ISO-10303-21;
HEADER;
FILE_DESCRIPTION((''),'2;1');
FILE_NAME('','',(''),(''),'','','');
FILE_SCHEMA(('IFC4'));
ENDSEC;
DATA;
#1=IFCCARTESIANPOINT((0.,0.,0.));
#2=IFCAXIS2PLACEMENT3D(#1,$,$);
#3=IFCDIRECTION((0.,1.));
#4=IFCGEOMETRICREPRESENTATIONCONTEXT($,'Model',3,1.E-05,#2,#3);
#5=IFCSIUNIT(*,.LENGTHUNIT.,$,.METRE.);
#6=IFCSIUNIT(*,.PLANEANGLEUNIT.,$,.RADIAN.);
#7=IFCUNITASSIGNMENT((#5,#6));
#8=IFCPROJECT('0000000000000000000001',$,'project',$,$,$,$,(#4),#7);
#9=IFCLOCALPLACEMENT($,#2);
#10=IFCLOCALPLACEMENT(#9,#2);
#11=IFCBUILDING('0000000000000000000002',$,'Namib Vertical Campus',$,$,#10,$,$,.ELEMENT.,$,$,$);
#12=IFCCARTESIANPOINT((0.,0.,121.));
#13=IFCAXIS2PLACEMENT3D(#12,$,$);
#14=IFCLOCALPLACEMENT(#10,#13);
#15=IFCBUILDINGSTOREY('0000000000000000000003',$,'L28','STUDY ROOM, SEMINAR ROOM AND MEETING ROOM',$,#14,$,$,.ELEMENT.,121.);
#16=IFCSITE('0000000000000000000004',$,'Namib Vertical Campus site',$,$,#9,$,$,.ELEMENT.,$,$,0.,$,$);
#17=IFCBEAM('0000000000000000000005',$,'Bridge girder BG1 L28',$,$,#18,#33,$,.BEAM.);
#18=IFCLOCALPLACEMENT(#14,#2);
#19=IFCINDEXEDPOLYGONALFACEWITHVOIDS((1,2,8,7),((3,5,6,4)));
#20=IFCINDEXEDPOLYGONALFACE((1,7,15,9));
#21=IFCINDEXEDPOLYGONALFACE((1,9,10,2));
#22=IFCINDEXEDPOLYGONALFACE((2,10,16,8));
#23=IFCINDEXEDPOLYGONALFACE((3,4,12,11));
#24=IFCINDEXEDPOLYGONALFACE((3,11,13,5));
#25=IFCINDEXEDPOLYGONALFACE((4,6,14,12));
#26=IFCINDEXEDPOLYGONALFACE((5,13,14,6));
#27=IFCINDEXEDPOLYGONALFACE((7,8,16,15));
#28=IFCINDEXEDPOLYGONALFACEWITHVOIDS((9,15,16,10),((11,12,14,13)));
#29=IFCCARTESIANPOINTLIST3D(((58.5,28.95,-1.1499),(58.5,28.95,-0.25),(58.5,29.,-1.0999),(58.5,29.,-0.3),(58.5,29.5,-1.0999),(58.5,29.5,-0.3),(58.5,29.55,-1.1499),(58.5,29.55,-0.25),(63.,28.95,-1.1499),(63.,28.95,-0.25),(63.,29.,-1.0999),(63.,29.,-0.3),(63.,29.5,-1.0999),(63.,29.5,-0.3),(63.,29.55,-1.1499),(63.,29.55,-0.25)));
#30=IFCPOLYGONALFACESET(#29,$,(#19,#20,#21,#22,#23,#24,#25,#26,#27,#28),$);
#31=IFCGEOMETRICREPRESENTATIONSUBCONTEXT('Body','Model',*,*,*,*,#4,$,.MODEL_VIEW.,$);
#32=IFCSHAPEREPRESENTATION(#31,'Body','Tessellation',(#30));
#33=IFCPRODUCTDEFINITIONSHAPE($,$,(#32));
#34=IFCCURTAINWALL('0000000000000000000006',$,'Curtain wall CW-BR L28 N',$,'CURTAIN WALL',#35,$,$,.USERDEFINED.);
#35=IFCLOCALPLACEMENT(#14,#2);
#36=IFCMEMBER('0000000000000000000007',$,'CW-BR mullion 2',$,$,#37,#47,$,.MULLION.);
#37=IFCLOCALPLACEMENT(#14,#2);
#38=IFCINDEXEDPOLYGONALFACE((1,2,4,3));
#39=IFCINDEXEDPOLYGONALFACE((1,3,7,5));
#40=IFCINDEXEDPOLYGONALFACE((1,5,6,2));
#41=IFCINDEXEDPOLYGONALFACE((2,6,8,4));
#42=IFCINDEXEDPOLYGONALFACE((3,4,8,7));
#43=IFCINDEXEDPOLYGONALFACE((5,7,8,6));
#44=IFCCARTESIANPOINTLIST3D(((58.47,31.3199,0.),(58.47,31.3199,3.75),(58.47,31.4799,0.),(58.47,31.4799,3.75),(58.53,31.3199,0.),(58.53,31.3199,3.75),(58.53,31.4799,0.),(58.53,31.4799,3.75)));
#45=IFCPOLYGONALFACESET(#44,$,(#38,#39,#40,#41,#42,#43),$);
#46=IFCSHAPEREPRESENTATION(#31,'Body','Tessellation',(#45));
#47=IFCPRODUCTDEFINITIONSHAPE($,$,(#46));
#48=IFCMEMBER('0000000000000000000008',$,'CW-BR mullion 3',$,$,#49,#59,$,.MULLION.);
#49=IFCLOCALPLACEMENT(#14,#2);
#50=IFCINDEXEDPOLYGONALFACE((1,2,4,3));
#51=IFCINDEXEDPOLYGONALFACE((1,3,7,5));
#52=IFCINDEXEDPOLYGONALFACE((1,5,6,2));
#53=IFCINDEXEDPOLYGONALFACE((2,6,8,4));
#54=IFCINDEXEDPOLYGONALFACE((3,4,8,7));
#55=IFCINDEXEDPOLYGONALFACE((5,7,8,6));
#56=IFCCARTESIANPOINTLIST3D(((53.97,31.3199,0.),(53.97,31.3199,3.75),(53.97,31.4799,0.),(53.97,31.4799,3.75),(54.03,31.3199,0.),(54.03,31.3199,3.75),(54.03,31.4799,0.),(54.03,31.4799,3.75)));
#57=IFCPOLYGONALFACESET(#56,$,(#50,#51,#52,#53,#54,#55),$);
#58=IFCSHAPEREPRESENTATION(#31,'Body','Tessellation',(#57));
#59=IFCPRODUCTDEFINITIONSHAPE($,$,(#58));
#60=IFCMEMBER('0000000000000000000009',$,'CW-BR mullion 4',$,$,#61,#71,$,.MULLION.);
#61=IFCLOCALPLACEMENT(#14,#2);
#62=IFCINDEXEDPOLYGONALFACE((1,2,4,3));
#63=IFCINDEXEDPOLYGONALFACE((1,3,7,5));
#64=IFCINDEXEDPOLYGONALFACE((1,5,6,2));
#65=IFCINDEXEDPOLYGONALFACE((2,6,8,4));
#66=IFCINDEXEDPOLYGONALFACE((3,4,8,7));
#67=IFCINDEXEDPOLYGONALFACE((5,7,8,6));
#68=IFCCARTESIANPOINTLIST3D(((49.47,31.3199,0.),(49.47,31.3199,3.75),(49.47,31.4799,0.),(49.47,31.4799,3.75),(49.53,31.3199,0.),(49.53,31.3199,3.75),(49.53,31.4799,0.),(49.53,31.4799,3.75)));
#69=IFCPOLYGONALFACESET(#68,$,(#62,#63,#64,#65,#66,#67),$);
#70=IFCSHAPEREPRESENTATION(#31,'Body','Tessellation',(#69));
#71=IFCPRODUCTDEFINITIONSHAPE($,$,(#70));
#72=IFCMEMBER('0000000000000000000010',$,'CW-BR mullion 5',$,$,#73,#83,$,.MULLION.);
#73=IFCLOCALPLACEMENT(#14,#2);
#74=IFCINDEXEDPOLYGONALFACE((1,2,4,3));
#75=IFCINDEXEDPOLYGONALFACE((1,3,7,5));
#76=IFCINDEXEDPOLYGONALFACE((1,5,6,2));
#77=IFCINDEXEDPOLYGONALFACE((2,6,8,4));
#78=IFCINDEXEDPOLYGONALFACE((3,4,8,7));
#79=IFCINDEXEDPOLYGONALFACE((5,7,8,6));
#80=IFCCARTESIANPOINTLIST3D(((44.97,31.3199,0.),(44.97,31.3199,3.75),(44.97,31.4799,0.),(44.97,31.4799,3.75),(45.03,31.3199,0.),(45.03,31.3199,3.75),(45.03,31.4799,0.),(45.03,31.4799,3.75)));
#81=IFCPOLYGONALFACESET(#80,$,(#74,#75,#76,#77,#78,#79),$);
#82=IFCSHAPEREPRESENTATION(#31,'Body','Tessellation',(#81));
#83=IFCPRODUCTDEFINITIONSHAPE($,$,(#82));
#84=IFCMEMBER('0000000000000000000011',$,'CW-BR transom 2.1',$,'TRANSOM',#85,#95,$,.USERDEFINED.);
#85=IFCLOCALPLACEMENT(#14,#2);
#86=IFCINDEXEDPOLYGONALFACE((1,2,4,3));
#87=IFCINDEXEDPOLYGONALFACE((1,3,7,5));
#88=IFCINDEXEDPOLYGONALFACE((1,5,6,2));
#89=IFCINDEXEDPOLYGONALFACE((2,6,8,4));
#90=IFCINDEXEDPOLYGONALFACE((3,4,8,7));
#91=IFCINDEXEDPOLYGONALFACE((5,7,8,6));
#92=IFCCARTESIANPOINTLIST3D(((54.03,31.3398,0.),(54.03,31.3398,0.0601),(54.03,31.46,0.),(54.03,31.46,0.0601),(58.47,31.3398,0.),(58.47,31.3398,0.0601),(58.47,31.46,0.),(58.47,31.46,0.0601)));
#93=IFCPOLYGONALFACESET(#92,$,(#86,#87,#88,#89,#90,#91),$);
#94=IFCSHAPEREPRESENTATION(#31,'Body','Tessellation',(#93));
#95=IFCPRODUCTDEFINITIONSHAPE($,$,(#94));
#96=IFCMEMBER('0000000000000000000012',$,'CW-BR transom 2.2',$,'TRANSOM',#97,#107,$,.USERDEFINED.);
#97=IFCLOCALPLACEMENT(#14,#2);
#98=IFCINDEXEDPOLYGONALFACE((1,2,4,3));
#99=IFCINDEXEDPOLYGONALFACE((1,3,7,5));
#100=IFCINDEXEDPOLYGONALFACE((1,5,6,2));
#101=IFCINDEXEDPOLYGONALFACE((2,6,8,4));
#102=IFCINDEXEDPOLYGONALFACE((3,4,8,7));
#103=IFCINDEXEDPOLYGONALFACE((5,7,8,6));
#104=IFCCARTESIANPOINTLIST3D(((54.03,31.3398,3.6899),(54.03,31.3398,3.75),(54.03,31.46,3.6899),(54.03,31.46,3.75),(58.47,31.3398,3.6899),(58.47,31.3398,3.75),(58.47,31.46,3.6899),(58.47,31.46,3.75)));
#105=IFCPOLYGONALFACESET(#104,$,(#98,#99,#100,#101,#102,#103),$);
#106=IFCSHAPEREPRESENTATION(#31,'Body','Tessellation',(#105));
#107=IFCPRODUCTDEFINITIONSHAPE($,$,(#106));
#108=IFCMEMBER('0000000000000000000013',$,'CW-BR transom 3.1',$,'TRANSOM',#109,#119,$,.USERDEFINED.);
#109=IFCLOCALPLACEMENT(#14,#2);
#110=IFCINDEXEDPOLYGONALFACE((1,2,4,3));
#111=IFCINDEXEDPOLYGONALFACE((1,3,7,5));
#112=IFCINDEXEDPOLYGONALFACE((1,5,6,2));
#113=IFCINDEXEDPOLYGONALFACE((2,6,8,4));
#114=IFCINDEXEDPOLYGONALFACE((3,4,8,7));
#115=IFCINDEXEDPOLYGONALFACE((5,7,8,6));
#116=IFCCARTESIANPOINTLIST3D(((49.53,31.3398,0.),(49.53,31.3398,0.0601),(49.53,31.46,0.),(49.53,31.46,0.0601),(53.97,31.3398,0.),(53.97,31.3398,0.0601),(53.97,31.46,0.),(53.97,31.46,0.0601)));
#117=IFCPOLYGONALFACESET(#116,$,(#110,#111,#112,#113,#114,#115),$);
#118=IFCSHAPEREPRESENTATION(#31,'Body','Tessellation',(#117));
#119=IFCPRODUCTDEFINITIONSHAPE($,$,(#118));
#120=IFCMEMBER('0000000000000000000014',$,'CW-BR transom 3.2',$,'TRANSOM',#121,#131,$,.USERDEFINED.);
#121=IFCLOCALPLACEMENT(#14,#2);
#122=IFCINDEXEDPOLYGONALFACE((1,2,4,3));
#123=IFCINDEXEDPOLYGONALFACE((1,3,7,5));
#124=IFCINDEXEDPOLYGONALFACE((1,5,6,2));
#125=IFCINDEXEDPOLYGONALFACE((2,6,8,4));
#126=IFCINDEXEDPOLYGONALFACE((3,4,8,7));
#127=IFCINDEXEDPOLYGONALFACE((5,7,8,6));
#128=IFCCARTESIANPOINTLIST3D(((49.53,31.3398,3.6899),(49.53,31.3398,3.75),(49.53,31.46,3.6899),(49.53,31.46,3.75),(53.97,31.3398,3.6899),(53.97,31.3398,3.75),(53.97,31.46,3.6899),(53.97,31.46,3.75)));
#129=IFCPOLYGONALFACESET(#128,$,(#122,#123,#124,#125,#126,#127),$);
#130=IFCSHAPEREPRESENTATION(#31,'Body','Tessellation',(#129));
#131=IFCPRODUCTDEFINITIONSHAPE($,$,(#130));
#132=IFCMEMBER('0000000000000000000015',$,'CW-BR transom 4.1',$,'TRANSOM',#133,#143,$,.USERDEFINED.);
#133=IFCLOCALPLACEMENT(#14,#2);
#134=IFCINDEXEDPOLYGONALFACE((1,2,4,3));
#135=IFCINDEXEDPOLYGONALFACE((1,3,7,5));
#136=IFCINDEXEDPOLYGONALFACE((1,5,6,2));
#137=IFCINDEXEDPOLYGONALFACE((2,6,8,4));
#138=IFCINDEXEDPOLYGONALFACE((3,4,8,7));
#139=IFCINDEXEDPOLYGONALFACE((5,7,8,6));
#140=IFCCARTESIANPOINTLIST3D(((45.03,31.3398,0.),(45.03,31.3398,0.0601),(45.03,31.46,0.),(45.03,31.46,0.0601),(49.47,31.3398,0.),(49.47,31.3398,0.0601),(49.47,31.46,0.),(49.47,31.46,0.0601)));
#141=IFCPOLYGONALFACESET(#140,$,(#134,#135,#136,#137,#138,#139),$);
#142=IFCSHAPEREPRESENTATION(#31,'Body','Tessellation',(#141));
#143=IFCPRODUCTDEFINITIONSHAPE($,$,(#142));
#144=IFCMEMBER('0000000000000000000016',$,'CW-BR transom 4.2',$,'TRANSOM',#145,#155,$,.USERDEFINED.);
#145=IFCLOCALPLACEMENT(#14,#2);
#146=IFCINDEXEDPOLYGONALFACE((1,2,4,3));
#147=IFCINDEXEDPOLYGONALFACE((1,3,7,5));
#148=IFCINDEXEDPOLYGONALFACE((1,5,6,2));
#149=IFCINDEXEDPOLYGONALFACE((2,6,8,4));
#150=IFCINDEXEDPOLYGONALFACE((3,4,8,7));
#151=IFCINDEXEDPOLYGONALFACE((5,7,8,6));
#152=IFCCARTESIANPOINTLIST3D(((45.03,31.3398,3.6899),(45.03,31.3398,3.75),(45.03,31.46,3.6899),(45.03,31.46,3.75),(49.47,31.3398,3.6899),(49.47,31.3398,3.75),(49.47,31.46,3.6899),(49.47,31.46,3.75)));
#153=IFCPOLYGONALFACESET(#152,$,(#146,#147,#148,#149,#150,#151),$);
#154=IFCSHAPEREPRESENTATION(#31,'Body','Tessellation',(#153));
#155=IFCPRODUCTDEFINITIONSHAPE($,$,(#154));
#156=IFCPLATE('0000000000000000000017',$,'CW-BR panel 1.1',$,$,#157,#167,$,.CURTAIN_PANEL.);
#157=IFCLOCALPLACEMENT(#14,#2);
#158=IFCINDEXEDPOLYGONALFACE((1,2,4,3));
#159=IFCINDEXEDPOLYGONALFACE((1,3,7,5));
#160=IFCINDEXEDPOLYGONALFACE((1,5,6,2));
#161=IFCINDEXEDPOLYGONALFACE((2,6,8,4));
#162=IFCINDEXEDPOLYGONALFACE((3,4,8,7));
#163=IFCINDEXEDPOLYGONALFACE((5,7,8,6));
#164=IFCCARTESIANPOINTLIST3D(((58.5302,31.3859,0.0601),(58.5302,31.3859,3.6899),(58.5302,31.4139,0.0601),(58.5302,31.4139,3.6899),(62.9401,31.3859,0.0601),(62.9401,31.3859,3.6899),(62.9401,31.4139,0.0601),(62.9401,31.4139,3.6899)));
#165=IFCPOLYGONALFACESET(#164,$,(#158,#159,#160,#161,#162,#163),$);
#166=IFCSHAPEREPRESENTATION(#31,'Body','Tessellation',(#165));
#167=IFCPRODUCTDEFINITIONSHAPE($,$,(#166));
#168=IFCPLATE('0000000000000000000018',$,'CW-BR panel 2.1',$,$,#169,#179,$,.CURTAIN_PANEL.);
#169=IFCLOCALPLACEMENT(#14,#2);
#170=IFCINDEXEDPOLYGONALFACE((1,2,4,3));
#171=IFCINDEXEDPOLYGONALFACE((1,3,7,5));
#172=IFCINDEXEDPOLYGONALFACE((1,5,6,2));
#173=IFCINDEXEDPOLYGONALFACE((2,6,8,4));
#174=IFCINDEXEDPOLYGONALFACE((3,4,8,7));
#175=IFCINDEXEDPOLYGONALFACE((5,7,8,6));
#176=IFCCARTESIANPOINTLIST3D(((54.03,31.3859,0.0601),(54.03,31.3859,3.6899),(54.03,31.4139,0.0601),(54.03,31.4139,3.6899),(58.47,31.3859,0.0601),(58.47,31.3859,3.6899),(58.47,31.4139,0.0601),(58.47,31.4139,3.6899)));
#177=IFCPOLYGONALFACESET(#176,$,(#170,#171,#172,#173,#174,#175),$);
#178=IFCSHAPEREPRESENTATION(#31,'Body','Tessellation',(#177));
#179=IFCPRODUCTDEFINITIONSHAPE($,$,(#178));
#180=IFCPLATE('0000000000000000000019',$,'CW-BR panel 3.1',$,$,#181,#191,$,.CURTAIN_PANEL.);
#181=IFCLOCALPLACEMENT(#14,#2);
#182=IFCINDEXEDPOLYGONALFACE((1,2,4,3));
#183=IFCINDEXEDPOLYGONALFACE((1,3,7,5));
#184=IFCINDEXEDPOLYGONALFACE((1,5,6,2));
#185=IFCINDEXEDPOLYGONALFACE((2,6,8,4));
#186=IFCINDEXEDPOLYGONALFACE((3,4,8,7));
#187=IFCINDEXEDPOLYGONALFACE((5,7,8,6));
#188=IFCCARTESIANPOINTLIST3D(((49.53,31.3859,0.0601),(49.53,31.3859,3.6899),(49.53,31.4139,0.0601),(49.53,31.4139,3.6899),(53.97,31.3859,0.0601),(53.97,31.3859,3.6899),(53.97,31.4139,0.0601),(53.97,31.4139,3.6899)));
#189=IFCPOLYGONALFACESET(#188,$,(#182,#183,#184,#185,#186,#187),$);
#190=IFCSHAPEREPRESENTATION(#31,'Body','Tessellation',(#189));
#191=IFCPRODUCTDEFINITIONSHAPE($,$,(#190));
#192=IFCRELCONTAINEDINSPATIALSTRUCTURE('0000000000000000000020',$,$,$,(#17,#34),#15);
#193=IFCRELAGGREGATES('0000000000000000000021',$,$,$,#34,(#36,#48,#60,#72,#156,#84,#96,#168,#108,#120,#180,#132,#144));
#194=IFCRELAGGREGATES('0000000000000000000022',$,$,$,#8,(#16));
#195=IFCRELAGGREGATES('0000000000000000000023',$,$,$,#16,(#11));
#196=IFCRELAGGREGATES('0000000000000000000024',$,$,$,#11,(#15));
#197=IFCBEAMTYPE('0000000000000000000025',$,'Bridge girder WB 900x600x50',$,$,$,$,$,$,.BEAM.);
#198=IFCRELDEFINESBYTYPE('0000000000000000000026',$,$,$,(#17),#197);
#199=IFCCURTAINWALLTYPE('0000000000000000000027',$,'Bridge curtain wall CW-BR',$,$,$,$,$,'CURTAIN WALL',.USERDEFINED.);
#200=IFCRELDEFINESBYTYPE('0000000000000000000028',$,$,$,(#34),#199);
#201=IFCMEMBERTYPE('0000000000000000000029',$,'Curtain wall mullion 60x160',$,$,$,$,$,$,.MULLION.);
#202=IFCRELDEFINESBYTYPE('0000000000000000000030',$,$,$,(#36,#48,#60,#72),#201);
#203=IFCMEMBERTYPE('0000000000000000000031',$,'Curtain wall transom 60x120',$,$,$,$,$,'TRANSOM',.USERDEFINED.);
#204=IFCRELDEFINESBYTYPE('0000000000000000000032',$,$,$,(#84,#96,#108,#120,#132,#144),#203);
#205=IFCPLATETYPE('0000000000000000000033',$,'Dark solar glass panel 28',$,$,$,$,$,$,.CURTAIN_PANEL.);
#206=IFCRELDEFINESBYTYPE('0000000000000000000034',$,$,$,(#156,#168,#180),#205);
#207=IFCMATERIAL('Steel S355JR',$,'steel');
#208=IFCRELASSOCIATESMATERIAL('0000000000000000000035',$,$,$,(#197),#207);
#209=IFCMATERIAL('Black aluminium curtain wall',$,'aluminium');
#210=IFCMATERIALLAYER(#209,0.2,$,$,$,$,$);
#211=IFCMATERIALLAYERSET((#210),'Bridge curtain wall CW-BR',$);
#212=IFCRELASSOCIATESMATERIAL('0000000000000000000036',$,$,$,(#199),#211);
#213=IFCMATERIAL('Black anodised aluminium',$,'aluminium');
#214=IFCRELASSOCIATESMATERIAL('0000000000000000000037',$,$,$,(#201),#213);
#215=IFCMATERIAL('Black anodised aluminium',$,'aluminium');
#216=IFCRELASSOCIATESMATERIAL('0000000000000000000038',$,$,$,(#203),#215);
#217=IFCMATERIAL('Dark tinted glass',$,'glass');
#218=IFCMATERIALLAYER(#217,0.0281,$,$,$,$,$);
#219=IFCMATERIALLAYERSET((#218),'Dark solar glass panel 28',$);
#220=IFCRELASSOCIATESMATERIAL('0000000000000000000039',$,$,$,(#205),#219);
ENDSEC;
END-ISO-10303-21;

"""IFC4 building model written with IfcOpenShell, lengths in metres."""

from ifc_helpers import new_model, si_unit, direction, frame, origin, origin_2d, place, context, subcontext, project, spatial, rectangle, hollow_rectangle, extrude, material, layer, layer_set, material_profile, profile_set, type_object, element, aggregate, save


model = new_model("IFC4")

# Units and contexts
model_context = context("Model", 3, precision=1e-05, world=origin(), true_north=direction((0.0, 1.0)))
body_context = subcontext(model_context, "Body", "Model", "MODEL_VIEW")
ifc_project = project(units=[si_unit("LENGTHUNIT", "METRE"), si_unit("PLANEANGLEUNIT", "RADIAN")], contexts=[model_context])

# Site, building, storey
site_placement = place(None, origin())
site = spatial("IfcSite", under=ifc_project, at=site_placement, Name="Namib Vertical Campus site", CompositionType="ELEMENT", RefElevation=0.0)
building_placement = place(site_placement, origin())
building = spatial("IfcBuilding", under=site, at=building_placement, Name="Namib Vertical Campus", CompositionType="ELEMENT")
storey_placement = place(building_placement, frame((0.0, 0.0, 121.0)))
storey = spatial("IfcBuildingStorey", under=building, at=storey_placement, Name="L28", Description="STUDY ROOM, SEMINAR ROOM AND MEETING ROOM", CompositionType="ELEMENT", Elevation=121.0)

# Beam
ifc_material_1 = material(Name="Steel S355JR", Category="steel")
ifc_material_profile_1 = material_profile(ifc_material_1, hollow_rectangle(XDim=0.6001, YDim=0.8999, WallThickness=0.05, at=origin_2d()))
ifc_profile_set_1 = profile_set([ifc_material_profile_1], Name="Steel S355JR")
beam_type_1 = type_object("IfcBeamType", Name="Bridge girder WB 900x600x50", PredefinedType="BEAM", material=ifc_profile_set_1)
for number, where, z_axis, x_axis, name in (
    (1, (58.5, 29.25, -0.7), (1.0, 0.0, 0.0), (0.0, 1.0, 0.0), "Bridge girder BG1 L28"),
):
    element("IfcBeam", number, at=place(storey_placement, frame(where, z_axis=z_axis, x_axis=x_axis)), inside=storey, type_object=beam_type_1, Name=name, PredefinedType="BEAM", context=body_context, shape_type="SweptSolid", body=[
        extrude(hollow_rectangle(XDim=0.6001, YDim=0.8999, WallThickness=0.05, at=origin_2d()), origin(), (0.0, 0.0, 1.0), 4.5),
    ])

# Curtain wall, members, plates
ifc_material_2 = material(Name="Black aluminium curtain wall", Category="aluminium")
ifc_layer_1 = layer(ifc_material_2, 0.2)
ifc_layer_set_1 = layer_set([ifc_layer_1], Name="Bridge curtain wall CW-BR")
curtain_wall_type = type_object("IfcCurtainWallType", Name="Bridge curtain wall CW-BR", ElementType="CURTAIN WALL", PredefinedType="USERDEFINED", material=ifc_layer_set_1)
curtain_wall_placement = place(storey_placement, origin())
curtain_wall = element("IfcCurtainWall", 2, at=curtain_wall_placement, inside=storey, type_object=curtain_wall_type, Name="Curtain wall CW-BR L28 N", ObjectType="CURTAIN WALL", PredefinedType="USERDEFINED")
ifc_material_3 = material(Name="Black anodised aluminium", Category="aluminium")
ifc_material_profile_2 = material_profile(ifc_material_3, rectangle(XDim=0.0601, YDim=0.1599, at=origin_2d()))
ifc_profile_set_2 = profile_set([ifc_material_profile_2], Name="Black anodised aluminium")
member_type_1 = type_object("IfcMemberType", Name="Curtain wall mullion 60x160", PredefinedType="MULLION", material=ifc_profile_set_2)
member_1_placement = place(storey_placement, frame((58.5, 31.3999, 0.0), z_axis=(0.0, 0.0, 1.0), x_axis=(-1.0, 0.0, 0.0)))
member_1 = element("IfcMember", 3, at=member_1_placement, type_object=member_type_1, Name="CW-BR mullion 2", PredefinedType="MULLION", context=body_context, shape_type="SweptSolid", body=[
    extrude(rectangle(XDim=0.0601, YDim=0.1599, at=origin_2d()), origin(), (0.0, 0.0, 1.0), 3.75),
])
member_2_placement = place(storey_placement, frame((54.0, 31.3999, 0.0), z_axis=(0.0, 0.0, 1.0), x_axis=(-1.0, 0.0, 0.0)))
member_2 = element("IfcMember", 4, at=member_2_placement, type_object=member_type_1, Name="CW-BR mullion 3", PredefinedType="MULLION", context=body_context, shape_type="SweptSolid", body=[
    extrude(rectangle(XDim=0.0601, YDim=0.1599, at=origin_2d()), origin(), (0.0, 0.0, 1.0), 3.75),
])
member_3_placement = place(storey_placement, frame((49.5, 31.3999, 0.0), z_axis=(0.0, 0.0, 1.0), x_axis=(-1.0, 0.0, 0.0)))
member_3 = element("IfcMember", 5, at=member_3_placement, type_object=member_type_1, Name="CW-BR mullion 4", PredefinedType="MULLION", context=body_context, shape_type="SweptSolid", body=[
    extrude(rectangle(XDim=0.0601, YDim=0.1599, at=origin_2d()), origin(), (0.0, 0.0, 1.0), 3.75),
])
member_4_placement = place(storey_placement, frame((45.0, 31.3999, 0.0), z_axis=(0.0, 0.0, 1.0), x_axis=(-1.0, 0.0, 0.0)))
member_4 = element("IfcMember", 6, at=member_4_placement, type_object=member_type_1, Name="CW-BR mullion 5", PredefinedType="MULLION", context=body_context, shape_type="SweptSolid", body=[
    extrude(rectangle(XDim=0.0601, YDim=0.1599, at=origin_2d()), origin(), (0.0, 0.0, 1.0), 3.75),
])
ifc_material_4 = material(Name="Black anodised aluminium", Category="aluminium")
ifc_material_profile_3 = material_profile(ifc_material_4, rectangle(XDim=0.0601, YDim=0.1201, at=origin_2d()))
ifc_profile_set_3 = profile_set([ifc_material_profile_3], Name="Black anodised aluminium")
member_type_2 = type_object("IfcMemberType", Name="Curtain wall transom 60x120", ElementType="TRANSOM", PredefinedType="USERDEFINED", material=ifc_profile_set_3)
member_5_placement = place(storey_placement, frame((58.47, 31.3999, 0.03), z_axis=(-1.0, 0.0, 0.0), x_axis=(0.0, 0.0, 1.0)))
member_5 = element("IfcMember", 7, at=member_5_placement, type_object=member_type_2, Name="CW-BR transom 2.1", ObjectType="TRANSOM", PredefinedType="USERDEFINED", context=body_context, shape_type="SweptSolid", body=[
    extrude(rectangle(XDim=0.0601, YDim=0.1201, at=origin_2d()), origin(), (0.0, 0.0, 1.0), 4.4399),
])
member_6_placement = place(storey_placement, frame((58.47, 31.3999, 3.72), z_axis=(-1.0, 0.0, 0.0), x_axis=(0.0, 0.0, 1.0)))
member_6 = element("IfcMember", 8, at=member_6_placement, type_object=member_type_2, Name="CW-BR transom 2.2", ObjectType="TRANSOM", PredefinedType="USERDEFINED", context=body_context, shape_type="SweptSolid", body=[
    extrude(rectangle(XDim=0.0601, YDim=0.1201, at=origin_2d()), origin(), (0.0, 0.0, 1.0), 4.4399),
])
member_7_placement = place(storey_placement, frame((53.97, 31.3999, 0.03), z_axis=(-1.0, 0.0, 0.0), x_axis=(0.0, 0.0, 1.0)))
member_7 = element("IfcMember", 9, at=member_7_placement, type_object=member_type_2, Name="CW-BR transom 3.1", ObjectType="TRANSOM", PredefinedType="USERDEFINED", context=body_context, shape_type="SweptSolid", body=[
    extrude(rectangle(XDim=0.0601, YDim=0.1201, at=origin_2d()), origin(), (0.0, 0.0, 1.0), 4.4399),
])
member_8_placement = place(storey_placement, frame((53.97, 31.3999, 3.72), z_axis=(-1.0, 0.0, 0.0), x_axis=(0.0, 0.0, 1.0)))
member_8 = element("IfcMember", 10, at=member_8_placement, type_object=member_type_2, Name="CW-BR transom 3.2", ObjectType="TRANSOM", PredefinedType="USERDEFINED", context=body_context, shape_type="SweptSolid", body=[
    extrude(rectangle(XDim=0.0601, YDim=0.1201, at=origin_2d()), origin(), (0.0, 0.0, 1.0), 4.4399),
])
member_9_placement = place(storey_placement, frame((49.47, 31.3999, 0.03), z_axis=(-1.0, 0.0, 0.0), x_axis=(0.0, 0.0, 1.0)))
member_9 = element("IfcMember", 11, at=member_9_placement, type_object=member_type_2, Name="CW-BR transom 4.1", ObjectType="TRANSOM", PredefinedType="USERDEFINED", context=body_context, shape_type="SweptSolid", body=[
    extrude(rectangle(XDim=0.0601, YDim=0.1201, at=origin_2d()), origin(), (0.0, 0.0, 1.0), 4.4399),
])
member_10_placement = place(storey_placement, frame((49.47, 31.3999, 3.72), z_axis=(-1.0, 0.0, 0.0), x_axis=(0.0, 0.0, 1.0)))
member_10 = element("IfcMember", 12, at=member_10_placement, type_object=member_type_2, Name="CW-BR transom 4.2", ObjectType="TRANSOM", PredefinedType="USERDEFINED", context=body_context, shape_type="SweptSolid", body=[
    extrude(rectangle(XDim=0.0601, YDim=0.1201, at=origin_2d()), origin(), (0.0, 0.0, 1.0), 4.4399),
])
ifc_material_5 = material(Name="Dark tinted glass", Category="glass")
ifc_layer_2 = layer(ifc_material_5, 0.0281)
ifc_layer_set_2 = layer_set([ifc_layer_2], Name="Dark solar glass panel 28")
plate_type = type_object("IfcPlateType", Name="Dark solar glass panel 28", PredefinedType="CURTAIN_PANEL", material=ifc_layer_set_2)
plate_1_placement = place(storey_placement, frame((60.7351, 31.3999, 0.0601), z_axis=(0.0, 0.0, 1.0), x_axis=(-1.0, 0.0, 0.0)))
plate_1 = element("IfcPlate", 13, at=plate_1_placement, type_object=plate_type, Name="CW-BR panel 1.1", PredefinedType="CURTAIN_PANEL", context=body_context, shape_type="SweptSolid", body=[
    extrude(rectangle(XDim=4.4099, YDim=0.0281, at=origin_2d()), origin(), (0.0, 0.0, 1.0), 3.6299),
])
plate_2_placement = place(storey_placement, frame((56.25, 31.3999, 0.0601), z_axis=(0.0, 0.0, 1.0), x_axis=(-1.0, 0.0, 0.0)))
plate_2 = element("IfcPlate", 14, at=plate_2_placement, type_object=plate_type, Name="CW-BR panel 2.1", PredefinedType="CURTAIN_PANEL", context=body_context, shape_type="SweptSolid", body=[
    extrude(rectangle(XDim=4.4399, YDim=0.0281, at=origin_2d()), origin(), (0.0, 0.0, 1.0), 3.6299),
])
plate_3_placement = place(storey_placement, frame((51.75, 31.3999, 0.0601), z_axis=(0.0, 0.0, 1.0), x_axis=(-1.0, 0.0, 0.0)))
plate_3 = element("IfcPlate", 15, at=plate_3_placement, type_object=plate_type, Name="CW-BR panel 3.1", PredefinedType="CURTAIN_PANEL", context=body_context, shape_type="SweptSolid", body=[
    extrude(rectangle(XDim=4.4399, YDim=0.0281, at=origin_2d()), origin(), (0.0, 0.0, 1.0), 3.6299),
])
aggregate(curtain_wall, [member_1, member_2, member_3, member_4, plate_1, member_5, member_6, plate_2, member_7, member_8, plate_3, member_9, member_10])

save(model, "model.ifc")
